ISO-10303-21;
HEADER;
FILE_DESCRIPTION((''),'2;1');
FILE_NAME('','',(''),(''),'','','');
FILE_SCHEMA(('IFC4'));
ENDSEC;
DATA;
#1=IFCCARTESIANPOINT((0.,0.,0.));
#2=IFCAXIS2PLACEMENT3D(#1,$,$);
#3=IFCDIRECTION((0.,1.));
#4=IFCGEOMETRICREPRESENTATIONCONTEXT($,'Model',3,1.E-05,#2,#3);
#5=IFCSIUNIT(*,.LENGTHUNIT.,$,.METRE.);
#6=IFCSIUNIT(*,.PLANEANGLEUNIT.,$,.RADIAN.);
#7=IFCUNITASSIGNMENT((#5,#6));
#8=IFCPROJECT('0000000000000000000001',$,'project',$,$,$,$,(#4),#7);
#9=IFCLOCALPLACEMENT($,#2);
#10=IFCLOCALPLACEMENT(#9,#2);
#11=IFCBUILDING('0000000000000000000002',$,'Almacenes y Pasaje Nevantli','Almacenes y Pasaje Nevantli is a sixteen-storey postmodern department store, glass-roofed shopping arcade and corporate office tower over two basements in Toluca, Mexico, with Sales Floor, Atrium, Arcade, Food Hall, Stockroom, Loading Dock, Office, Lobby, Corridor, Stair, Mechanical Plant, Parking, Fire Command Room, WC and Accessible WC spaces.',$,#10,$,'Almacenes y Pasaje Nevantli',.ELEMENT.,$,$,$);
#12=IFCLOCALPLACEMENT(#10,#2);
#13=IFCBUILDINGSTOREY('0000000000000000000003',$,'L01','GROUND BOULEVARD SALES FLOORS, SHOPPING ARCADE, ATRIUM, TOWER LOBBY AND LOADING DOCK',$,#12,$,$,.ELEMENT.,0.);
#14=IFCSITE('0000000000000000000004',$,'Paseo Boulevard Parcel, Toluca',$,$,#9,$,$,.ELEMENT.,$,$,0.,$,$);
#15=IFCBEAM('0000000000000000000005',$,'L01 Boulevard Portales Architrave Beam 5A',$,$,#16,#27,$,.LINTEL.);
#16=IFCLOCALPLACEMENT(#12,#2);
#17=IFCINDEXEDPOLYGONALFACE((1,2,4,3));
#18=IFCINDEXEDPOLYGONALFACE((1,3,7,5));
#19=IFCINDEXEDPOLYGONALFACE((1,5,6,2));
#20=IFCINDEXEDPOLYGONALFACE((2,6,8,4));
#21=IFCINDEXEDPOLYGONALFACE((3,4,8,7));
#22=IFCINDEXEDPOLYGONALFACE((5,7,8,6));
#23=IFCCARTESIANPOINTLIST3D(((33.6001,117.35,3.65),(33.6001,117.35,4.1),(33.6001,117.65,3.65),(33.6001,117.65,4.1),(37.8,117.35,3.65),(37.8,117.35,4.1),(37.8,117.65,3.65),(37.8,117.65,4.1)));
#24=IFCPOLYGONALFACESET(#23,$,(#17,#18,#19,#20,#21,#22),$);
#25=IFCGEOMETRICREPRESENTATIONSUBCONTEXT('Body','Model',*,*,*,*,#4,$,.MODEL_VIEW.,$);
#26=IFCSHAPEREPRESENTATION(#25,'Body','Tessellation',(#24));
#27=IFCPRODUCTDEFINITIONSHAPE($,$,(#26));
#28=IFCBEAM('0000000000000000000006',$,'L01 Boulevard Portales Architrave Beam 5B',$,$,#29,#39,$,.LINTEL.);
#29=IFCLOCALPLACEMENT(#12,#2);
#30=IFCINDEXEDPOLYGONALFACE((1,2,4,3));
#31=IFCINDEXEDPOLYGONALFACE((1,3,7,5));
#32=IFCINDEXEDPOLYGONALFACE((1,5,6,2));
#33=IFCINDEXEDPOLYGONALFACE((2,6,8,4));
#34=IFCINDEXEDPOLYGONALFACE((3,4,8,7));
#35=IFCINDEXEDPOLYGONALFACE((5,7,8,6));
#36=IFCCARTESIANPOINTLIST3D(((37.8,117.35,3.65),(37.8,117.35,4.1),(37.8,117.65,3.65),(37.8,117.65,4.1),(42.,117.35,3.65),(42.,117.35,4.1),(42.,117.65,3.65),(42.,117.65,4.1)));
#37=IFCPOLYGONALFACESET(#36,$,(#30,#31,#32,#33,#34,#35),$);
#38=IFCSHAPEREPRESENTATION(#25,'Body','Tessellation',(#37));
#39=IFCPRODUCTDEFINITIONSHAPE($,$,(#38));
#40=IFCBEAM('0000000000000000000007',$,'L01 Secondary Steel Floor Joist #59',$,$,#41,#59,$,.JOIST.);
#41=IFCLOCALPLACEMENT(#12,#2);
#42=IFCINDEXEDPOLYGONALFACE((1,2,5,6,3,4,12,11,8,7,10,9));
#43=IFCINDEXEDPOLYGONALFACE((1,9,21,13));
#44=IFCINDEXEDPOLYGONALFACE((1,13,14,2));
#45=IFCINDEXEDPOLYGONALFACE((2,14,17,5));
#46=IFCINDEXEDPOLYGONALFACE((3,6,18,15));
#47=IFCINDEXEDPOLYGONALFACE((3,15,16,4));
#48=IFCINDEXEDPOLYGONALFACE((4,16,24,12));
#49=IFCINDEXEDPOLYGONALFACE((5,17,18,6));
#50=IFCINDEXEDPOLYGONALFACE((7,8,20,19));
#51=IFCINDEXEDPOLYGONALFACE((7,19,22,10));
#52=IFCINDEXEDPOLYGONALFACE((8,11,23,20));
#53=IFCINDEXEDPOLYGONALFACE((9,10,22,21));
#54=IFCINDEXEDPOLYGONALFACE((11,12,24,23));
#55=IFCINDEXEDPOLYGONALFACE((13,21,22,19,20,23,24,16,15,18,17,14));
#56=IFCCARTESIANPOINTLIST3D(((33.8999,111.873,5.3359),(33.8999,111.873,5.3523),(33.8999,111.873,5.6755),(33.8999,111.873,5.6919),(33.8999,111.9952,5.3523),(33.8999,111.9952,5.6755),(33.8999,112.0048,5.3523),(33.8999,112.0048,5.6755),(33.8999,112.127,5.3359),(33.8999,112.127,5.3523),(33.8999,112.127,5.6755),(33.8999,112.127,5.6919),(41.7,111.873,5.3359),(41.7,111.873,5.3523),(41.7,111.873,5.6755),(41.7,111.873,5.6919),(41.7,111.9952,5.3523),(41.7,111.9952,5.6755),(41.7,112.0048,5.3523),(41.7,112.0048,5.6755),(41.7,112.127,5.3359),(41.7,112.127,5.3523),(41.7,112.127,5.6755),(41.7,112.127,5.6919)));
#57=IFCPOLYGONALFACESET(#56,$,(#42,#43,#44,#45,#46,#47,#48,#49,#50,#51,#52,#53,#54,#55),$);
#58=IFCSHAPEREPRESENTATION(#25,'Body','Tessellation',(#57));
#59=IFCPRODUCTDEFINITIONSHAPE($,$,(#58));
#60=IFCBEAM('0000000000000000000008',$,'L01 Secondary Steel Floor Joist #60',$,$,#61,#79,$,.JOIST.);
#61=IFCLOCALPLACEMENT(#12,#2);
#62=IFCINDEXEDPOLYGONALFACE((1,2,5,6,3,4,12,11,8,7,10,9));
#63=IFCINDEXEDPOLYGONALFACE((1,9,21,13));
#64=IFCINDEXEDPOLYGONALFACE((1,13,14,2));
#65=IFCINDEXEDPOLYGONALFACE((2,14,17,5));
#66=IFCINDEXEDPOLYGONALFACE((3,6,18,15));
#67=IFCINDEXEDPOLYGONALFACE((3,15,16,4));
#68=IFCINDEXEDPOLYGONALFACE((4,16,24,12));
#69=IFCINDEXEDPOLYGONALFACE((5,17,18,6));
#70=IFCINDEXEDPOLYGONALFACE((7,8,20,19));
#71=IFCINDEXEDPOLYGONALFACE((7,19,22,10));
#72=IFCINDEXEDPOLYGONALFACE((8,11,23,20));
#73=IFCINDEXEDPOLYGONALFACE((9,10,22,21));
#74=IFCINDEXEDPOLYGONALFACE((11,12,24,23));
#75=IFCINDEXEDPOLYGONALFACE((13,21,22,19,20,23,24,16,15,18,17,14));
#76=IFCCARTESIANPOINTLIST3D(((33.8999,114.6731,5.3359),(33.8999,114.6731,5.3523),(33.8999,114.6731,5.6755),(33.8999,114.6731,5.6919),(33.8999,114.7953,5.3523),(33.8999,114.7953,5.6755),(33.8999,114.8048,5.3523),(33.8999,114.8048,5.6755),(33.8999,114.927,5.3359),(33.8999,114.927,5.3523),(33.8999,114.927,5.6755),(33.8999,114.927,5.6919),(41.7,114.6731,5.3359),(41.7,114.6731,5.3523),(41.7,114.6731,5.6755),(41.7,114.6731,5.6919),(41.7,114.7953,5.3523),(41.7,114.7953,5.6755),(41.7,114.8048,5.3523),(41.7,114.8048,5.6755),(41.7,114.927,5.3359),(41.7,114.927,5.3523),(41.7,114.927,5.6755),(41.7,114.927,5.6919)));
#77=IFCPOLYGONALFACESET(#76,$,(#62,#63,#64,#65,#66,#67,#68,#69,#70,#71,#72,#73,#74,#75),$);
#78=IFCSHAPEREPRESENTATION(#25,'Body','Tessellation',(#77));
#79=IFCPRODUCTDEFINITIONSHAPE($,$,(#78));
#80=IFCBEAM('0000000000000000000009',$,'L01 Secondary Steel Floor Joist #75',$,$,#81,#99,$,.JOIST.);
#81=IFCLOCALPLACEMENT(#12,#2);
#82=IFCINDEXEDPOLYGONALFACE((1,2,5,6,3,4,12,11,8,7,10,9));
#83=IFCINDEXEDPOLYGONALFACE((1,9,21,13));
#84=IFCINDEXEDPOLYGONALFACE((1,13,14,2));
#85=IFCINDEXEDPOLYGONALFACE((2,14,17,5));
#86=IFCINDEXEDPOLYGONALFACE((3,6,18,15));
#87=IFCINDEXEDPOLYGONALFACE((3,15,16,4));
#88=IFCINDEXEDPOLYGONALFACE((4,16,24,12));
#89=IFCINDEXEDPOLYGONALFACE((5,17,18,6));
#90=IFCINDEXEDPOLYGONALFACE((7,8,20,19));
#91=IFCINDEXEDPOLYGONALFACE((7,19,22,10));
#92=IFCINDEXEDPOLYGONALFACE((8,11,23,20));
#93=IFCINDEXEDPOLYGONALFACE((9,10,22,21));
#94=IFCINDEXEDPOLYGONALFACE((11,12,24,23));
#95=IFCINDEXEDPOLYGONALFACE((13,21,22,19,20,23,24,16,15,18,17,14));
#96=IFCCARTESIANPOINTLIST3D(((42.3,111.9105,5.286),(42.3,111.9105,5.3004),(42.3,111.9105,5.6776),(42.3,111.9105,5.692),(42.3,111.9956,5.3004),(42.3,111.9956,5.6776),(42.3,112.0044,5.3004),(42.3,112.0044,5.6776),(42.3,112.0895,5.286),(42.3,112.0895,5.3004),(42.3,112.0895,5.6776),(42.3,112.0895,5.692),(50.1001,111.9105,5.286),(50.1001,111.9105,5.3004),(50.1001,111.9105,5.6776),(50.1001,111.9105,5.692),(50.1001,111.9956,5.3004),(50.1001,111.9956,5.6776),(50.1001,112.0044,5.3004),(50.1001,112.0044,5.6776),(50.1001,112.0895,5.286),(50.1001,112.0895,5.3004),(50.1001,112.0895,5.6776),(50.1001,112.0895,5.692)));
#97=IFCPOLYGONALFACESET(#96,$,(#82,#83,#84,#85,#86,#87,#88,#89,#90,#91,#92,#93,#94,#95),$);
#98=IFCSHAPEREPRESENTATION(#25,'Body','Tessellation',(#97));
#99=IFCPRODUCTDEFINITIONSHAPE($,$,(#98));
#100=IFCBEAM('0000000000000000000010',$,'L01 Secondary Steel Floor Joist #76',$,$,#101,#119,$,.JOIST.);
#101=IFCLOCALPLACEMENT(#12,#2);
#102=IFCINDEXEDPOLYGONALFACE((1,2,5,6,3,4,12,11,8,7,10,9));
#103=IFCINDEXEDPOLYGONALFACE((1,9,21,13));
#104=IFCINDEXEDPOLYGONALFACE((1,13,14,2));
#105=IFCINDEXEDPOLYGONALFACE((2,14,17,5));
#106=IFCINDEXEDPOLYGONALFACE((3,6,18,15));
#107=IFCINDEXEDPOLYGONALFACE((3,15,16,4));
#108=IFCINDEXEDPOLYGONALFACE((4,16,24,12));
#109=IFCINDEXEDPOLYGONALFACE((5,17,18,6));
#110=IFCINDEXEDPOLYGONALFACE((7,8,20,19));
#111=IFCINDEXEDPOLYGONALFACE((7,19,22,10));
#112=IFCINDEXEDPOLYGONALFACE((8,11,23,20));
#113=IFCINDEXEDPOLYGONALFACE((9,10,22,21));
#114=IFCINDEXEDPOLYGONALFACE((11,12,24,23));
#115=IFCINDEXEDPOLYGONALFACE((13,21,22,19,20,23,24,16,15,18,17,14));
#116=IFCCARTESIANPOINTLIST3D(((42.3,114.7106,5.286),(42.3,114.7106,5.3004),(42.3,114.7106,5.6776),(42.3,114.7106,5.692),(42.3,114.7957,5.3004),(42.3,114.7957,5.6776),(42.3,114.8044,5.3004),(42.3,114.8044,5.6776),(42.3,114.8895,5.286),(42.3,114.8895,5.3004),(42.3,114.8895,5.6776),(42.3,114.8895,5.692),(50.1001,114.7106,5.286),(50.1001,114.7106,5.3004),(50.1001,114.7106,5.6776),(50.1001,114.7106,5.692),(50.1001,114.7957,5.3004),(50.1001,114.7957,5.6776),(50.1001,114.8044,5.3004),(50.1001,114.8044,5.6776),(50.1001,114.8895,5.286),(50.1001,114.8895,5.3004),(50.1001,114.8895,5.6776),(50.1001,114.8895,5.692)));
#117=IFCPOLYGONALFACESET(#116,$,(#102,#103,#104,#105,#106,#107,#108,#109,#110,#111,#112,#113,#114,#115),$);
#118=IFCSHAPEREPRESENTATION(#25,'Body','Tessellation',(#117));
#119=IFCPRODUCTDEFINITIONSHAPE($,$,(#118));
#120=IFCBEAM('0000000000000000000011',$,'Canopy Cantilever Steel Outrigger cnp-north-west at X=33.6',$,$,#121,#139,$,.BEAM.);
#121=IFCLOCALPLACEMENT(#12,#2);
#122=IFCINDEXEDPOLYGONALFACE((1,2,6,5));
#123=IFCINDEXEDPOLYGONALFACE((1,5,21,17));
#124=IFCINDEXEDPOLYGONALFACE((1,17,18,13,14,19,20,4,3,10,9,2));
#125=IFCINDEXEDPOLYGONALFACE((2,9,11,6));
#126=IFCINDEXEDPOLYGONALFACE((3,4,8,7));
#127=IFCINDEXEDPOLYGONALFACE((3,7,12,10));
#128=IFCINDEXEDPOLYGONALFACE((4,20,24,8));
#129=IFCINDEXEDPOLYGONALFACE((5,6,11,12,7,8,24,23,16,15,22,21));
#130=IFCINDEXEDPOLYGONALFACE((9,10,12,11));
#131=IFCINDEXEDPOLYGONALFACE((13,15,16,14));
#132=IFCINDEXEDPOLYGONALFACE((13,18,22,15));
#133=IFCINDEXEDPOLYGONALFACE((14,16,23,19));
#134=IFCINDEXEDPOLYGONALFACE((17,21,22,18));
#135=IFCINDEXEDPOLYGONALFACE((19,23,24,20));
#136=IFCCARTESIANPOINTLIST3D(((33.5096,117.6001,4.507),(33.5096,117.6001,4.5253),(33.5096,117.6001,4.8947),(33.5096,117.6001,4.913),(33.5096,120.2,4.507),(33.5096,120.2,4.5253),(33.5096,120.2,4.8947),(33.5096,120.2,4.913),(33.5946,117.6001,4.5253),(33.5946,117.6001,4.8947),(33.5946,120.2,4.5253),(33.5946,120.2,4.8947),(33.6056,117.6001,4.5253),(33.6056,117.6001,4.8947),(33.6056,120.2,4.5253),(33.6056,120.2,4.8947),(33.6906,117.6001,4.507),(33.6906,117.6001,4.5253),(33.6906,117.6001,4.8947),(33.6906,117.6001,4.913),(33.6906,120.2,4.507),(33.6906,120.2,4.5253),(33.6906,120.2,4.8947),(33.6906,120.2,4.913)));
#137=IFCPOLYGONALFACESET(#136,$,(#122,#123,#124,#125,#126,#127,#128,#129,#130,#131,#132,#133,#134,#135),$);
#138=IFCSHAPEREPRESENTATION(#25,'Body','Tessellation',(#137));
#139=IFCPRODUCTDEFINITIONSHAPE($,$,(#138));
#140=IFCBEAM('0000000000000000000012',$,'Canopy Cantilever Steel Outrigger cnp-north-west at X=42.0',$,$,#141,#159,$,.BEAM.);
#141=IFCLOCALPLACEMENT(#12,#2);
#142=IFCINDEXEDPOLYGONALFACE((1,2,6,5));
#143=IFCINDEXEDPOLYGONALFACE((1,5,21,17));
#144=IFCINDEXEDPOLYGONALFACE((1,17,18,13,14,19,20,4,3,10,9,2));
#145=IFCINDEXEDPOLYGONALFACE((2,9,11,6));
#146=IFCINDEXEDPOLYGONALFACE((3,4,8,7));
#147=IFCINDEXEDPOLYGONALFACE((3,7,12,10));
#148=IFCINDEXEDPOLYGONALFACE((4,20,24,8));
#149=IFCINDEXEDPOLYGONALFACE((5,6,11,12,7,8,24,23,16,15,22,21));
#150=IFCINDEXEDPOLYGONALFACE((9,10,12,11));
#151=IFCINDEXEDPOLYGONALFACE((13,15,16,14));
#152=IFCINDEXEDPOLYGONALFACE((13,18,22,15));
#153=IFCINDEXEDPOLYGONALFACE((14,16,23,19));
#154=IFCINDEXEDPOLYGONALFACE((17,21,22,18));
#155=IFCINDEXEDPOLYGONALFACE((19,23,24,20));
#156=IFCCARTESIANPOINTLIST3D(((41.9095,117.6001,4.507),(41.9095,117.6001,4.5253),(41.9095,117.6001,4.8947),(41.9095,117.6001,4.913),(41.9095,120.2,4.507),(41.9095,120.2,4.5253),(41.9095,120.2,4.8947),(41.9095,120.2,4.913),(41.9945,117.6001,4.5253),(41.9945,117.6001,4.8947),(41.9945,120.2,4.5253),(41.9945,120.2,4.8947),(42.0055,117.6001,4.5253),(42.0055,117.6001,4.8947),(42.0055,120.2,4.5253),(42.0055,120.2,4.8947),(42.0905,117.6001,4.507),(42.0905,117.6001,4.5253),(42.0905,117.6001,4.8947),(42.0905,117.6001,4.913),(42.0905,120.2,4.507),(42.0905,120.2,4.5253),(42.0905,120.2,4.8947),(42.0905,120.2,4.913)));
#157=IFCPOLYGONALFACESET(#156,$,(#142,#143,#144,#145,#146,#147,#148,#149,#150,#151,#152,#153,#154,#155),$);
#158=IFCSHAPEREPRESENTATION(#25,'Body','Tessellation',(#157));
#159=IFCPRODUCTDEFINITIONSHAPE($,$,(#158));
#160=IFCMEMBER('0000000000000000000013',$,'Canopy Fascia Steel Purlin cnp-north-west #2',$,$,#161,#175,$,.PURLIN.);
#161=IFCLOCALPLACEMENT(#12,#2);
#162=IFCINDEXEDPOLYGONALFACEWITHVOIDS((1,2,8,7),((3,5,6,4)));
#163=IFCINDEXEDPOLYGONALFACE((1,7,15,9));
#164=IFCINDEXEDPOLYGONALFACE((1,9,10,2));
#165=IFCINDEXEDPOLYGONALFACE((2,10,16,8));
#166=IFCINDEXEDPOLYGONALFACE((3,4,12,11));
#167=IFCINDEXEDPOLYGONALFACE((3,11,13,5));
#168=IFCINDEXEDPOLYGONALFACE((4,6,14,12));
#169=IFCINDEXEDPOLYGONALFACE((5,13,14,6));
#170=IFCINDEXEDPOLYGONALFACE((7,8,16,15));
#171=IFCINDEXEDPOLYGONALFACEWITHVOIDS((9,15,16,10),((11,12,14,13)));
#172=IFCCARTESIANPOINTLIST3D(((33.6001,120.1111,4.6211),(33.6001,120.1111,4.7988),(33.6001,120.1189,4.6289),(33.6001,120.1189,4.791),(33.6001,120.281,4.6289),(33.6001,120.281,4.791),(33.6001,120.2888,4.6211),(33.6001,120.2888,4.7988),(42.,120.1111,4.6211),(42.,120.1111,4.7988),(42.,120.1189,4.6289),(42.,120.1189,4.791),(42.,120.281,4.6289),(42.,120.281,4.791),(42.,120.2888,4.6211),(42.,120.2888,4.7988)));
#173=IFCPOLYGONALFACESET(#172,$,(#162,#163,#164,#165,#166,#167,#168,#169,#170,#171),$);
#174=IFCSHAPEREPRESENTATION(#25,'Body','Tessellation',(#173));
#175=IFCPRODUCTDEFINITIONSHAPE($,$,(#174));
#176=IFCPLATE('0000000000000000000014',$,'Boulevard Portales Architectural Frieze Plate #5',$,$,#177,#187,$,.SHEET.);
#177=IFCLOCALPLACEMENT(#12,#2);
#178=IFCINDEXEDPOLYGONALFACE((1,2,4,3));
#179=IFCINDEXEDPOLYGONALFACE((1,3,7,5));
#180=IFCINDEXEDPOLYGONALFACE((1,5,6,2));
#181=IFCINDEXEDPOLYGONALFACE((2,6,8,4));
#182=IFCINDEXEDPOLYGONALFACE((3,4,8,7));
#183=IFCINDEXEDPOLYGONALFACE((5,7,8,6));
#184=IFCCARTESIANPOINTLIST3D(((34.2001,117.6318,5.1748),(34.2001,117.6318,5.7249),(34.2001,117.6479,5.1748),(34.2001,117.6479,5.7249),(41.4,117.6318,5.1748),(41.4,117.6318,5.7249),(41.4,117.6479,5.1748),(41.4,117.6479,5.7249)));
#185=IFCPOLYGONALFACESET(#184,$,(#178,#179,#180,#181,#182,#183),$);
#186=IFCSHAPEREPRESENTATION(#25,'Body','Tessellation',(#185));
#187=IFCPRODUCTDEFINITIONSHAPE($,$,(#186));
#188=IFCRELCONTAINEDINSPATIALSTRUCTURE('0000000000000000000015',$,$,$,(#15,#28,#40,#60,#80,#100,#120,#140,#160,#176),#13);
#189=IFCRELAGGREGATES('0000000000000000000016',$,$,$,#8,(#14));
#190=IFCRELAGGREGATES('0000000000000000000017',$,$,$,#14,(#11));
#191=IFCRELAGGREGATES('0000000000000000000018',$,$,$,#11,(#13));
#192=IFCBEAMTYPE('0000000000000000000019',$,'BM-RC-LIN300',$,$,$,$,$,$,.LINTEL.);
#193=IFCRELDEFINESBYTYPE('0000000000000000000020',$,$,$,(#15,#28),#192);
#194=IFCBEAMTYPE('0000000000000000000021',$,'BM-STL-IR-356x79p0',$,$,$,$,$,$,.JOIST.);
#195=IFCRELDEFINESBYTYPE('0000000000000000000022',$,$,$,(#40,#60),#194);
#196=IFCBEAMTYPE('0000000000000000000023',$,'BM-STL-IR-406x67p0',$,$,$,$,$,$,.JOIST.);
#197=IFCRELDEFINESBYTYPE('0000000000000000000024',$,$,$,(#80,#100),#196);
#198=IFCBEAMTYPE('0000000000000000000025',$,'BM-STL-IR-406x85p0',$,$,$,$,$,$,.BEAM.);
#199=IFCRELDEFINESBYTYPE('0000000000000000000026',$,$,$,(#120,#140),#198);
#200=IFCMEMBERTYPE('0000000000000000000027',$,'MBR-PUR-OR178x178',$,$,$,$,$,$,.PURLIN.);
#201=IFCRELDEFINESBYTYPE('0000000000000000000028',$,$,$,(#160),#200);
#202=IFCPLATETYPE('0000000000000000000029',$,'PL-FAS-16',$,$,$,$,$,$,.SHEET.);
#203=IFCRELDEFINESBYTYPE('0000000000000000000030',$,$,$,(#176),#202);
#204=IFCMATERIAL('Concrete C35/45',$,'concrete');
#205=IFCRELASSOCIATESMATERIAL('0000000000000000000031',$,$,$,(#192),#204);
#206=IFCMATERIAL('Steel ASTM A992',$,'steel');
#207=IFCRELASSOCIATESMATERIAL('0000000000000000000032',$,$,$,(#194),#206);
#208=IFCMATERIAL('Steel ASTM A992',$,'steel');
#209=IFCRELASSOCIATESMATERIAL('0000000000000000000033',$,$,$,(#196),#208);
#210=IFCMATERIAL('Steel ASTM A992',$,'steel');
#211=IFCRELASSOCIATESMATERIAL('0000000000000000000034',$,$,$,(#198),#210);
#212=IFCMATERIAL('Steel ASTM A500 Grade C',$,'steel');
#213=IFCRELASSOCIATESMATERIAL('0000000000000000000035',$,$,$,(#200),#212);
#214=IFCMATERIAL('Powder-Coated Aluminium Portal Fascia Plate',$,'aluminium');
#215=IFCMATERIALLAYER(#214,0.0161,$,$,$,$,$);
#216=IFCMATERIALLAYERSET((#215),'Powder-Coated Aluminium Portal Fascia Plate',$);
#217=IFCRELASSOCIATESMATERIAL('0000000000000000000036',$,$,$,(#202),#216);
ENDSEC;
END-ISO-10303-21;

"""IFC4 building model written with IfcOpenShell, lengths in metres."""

from ifc_helpers import new_model, si_unit, direction, frame, origin, origin_2d, place, context, subcontext, project, spatial, rectangle, hollow_rectangle, i_section, extrude, material, layer, layer_set, material_profile, profile_set, type_object, element, save


model = new_model("IFC4")

# Units and contexts
model_context = context("Model", 3, precision=1e-05, world=origin(), true_north=direction((0.0, 1.0)))
body_context = subcontext(model_context, "Body", "Model", "MODEL_VIEW")
ifc_project = project(units=[si_unit("LENGTHUNIT", "METRE"), si_unit("PLANEANGLEUNIT", "RADIAN")], contexts=[model_context])

# Site, building, storey
site_placement = place(None, origin())
site = spatial("IfcSite", under=ifc_project, at=site_placement, Name="Paseo Boulevard Parcel, Toluca", CompositionType="ELEMENT", RefElevation=0.0)
building_placement = place(site_placement, origin())
building = spatial("IfcBuilding", under=site, at=building_placement, Name="Almacenes y Pasaje Nevantli", Description="Almacenes y Pasaje Nevantli is a sixteen-storey postmodern department store, glass-roofed shopping arcade and corporate office tower over two basements in Toluca, Mexico, with Sales Floor, Atrium, Arcade, Food Hall, Stockroom, Loading Dock, Office, Lobby, Corridor, Stair, Mechanical Plant, Parking, Fire Command Room, WC and Accessible WC spaces.", LongName="Almacenes y Pasaje Nevantli", CompositionType="ELEMENT")
storey_placement = place(building_placement, origin())
storey = spatial("IfcBuildingStorey", under=building, at=storey_placement, Name="L01", Description="GROUND BOULEVARD SALES FLOORS, SHOPPING ARCADE, ATRIUM, TOWER LOBBY AND LOADING DOCK", CompositionType="ELEMENT", Elevation=0.0)

# Beams
ifc_material_1 = material(Name="Concrete C35/45", Category="concrete")
ifc_material_profile_1 = material_profile(ifc_material_1, rectangle(XDim=0.3, YDim=0.45, at=origin_2d()), Name="RC-LIN-300x450")
ifc_profile_set_1 = profile_set([ifc_material_profile_1], Name="Concrete C35/45")
beam_type_1 = type_object("IfcBeamType", Name="BM-RC-LIN300", PredefinedType="LINTEL", material=ifc_profile_set_1)
for number, where, z_axis, x_axis, name in (
    (1, (33.6001, 117.5, 3.875), (1.0, 0.0, 0.0), (0.0, 1.0, 0.0), "L01 Boulevard Portales Architrave Beam 5A"),
    (2, (37.8, 117.5, 3.875), (1.0, 0.0, 0.0), (0.0, 1.0, 0.0), "L01 Boulevard Portales Architrave Beam 5B"),
):
    element("IfcBeam", number, at=place(storey_placement, frame(where, z_axis=z_axis, x_axis=x_axis)), inside=storey, type_object=beam_type_1, Name=name, PredefinedType="LINTEL", context=body_context, shape_type="SweptSolid", body=[
        extrude(rectangle(XDim=0.3, YDim=0.45, at=origin_2d()), origin(), (0.0, 0.0, 1.0), 4.2),
    ])
ifc_material_2 = material(Name="Steel ASTM A992", Category="steel")
ifc_material_profile_2 = material_profile(ifc_material_2, i_section(OverallWidth=0.2539, OverallDepth=0.356, WebThickness=0.0095, FlangeThickness=0.0164, at=origin_2d()), Name="IR 356x79.0")
ifc_profile_set_2 = profile_set([ifc_material_profile_2], Name="Steel ASTM A992")
beam_type_2 = type_object("IfcBeamType", Name="BM-STL-IR-356x79p0", PredefinedType="JOIST", material=ifc_profile_set_2)
for number, where, z_axis, x_axis, name in (
    (3, (33.8999, 112.0, 5.5139), (1.0, 0.0, 0.0), (0.0, 1.0, 0.0), "L01 Secondary Steel Floor Joist #59"),
    (4, (33.8999, 114.8, 5.5139), (1.0, 0.0, 0.0), (0.0, 1.0, 0.0), "L01 Secondary Steel Floor Joist #60"),
):
    element("IfcBeam", number, at=place(storey_placement, frame(where, z_axis=z_axis, x_axis=x_axis)), inside=storey, type_object=beam_type_2, Name=name, PredefinedType="JOIST", context=body_context, shape_type="SweptSolid", body=[
        extrude(i_section(OverallWidth=0.2539, OverallDepth=0.356, WebThickness=0.0095, FlangeThickness=0.0164, at=origin_2d()), origin(), (0.0, 0.0, 1.0), 7.8),
    ])
ifc_material_3 = material(Name="Steel ASTM A992", Category="steel")
ifc_material_profile_3 = material_profile(ifc_material_3, i_section(OverallWidth=0.179, OverallDepth=0.406, WebThickness=0.0088, FlangeThickness=0.0144, at=origin_2d()), Name="IR 406x67.0")
ifc_profile_set_3 = profile_set([ifc_material_profile_3], Name="Steel ASTM A992")
beam_type_3 = type_object("IfcBeamType", Name="BM-STL-IR-406x67p0", PredefinedType="JOIST", material=ifc_profile_set_3)
for number, where, z_axis, x_axis, name in (
    (5, (42.3, 112.0, 5.489), (1.0, 0.0, 0.0), (0.0, 1.0, 0.0), "L01 Secondary Steel Floor Joist #75"),
    (6, (42.3, 114.8, 5.489), (1.0, 0.0, 0.0), (0.0, 1.0, 0.0), "L01 Secondary Steel Floor Joist #76"),
):
    element("IfcBeam", number, at=place(storey_placement, frame(where, z_axis=z_axis, x_axis=x_axis)), inside=storey, type_object=beam_type_3, Name=name, PredefinedType="JOIST", context=body_context, shape_type="SweptSolid", body=[
        extrude(i_section(OverallWidth=0.179, OverallDepth=0.406, WebThickness=0.0088, FlangeThickness=0.0144, at=origin_2d()), origin(), (0.0, 0.0, 1.0), 7.8),
    ])
ifc_material_4 = material(Name="Steel ASTM A992", Category="steel")
ifc_material_profile_4 = material_profile(ifc_material_4, i_section(OverallWidth=0.1809, OverallDepth=0.406, WebThickness=0.011, FlangeThickness=0.0183, at=origin_2d()), Name="IR 406x85.0")
ifc_profile_set_4 = profile_set([ifc_material_profile_4], Name="Steel ASTM A992")
beam_type_4 = type_object("IfcBeamType", Name="BM-STL-IR-406x85p0", PredefinedType="BEAM", material=ifc_profile_set_4)
for number, where, z_axis, x_axis, name in (
    (7, (33.6001, 117.6001, 4.71), (0.0, 1.0, 0.0), (-1.0, 0.0, 0.0), "Canopy Cantilever Steel Outrigger cnp-north-west at X=33.6"),
    (8, (42.0, 117.6001, 4.71), (0.0, 1.0, 0.0), (-1.0, 0.0, 0.0), "Canopy Cantilever Steel Outrigger cnp-north-west at X=42.0"),
):
    element("IfcBeam", number, at=place(storey_placement, frame(where, z_axis=z_axis, x_axis=x_axis)), inside=storey, type_object=beam_type_4, Name=name, PredefinedType="BEAM", context=body_context, shape_type="SweptSolid", body=[
        extrude(i_section(OverallWidth=0.1809, OverallDepth=0.406, WebThickness=0.011, FlangeThickness=0.0183, at=origin_2d()), origin(), (0.0, 0.0, 1.0), 2.5999),
    ])

# Member
ifc_material_5 = material(Name="Steel ASTM A500 Grade C", Category="steel")
ifc_material_profile_5 = material_profile(ifc_material_5, hollow_rectangle(XDim=0.1777, YDim=0.1777, WallThickness=0.0078, at=origin_2d()), Name="OR 178x178x7.9")
ifc_profile_set_5 = profile_set([ifc_material_profile_5], Name="Steel ASTM A500 Grade C")
member_type = type_object("IfcMemberType", Name="MBR-PUR-OR178x178", PredefinedType="PURLIN", material=ifc_profile_set_5)
member_placement = place(storey_placement, frame((33.6001, 120.2, 4.71), z_axis=(1.0, 0.0, 0.0), x_axis=(0.0, 1.0, 0.0)))
element("IfcMember", 9, at=member_placement, inside=storey, type_object=member_type, Name="Canopy Fascia Steel Purlin cnp-north-west #2", PredefinedType="PURLIN", context=body_context, shape_type="SweptSolid", body=[
    extrude(hollow_rectangle(XDim=0.1777, YDim=0.1777, WallThickness=0.0078, at=origin_2d()), origin(), (0.0, 0.0, 1.0), 8.3999),
])

# Plate
ifc_material_6 = material(Name="Powder-Coated Aluminium Portal Fascia Plate", Category="aluminium")
ifc_layer_1 = layer(ifc_material_6, 0.0161)
ifc_layer_set_1 = layer_set([ifc_layer_1], Name="Powder-Coated Aluminium Portal Fascia Plate")
plate_type_1 = type_object("IfcPlateType", Name="PL-FAS-16", PredefinedType="SHEET", material=ifc_layer_set_1)
plate_1_placement = place(storey_placement, frame((37.8, 117.6399, 5.1748), z_axis=(0.0, 0.0, 1.0), x_axis=(1.0, 0.0, 0.0)))
element("IfcPlate", 10, at=plate_1_placement, inside=storey, type_object=plate_type_1, Name="Boulevard Portales Architectural Frieze Plate #5", PredefinedType="SHEET", context=body_context, shape_type="SweptSolid", body=[
    extrude(rectangle(XDim=7.2, YDim=0.0161, at=origin_2d()), origin(), (0.0, 0.0, 1.0), 0.55),
])

save(model, "model.ifc")
